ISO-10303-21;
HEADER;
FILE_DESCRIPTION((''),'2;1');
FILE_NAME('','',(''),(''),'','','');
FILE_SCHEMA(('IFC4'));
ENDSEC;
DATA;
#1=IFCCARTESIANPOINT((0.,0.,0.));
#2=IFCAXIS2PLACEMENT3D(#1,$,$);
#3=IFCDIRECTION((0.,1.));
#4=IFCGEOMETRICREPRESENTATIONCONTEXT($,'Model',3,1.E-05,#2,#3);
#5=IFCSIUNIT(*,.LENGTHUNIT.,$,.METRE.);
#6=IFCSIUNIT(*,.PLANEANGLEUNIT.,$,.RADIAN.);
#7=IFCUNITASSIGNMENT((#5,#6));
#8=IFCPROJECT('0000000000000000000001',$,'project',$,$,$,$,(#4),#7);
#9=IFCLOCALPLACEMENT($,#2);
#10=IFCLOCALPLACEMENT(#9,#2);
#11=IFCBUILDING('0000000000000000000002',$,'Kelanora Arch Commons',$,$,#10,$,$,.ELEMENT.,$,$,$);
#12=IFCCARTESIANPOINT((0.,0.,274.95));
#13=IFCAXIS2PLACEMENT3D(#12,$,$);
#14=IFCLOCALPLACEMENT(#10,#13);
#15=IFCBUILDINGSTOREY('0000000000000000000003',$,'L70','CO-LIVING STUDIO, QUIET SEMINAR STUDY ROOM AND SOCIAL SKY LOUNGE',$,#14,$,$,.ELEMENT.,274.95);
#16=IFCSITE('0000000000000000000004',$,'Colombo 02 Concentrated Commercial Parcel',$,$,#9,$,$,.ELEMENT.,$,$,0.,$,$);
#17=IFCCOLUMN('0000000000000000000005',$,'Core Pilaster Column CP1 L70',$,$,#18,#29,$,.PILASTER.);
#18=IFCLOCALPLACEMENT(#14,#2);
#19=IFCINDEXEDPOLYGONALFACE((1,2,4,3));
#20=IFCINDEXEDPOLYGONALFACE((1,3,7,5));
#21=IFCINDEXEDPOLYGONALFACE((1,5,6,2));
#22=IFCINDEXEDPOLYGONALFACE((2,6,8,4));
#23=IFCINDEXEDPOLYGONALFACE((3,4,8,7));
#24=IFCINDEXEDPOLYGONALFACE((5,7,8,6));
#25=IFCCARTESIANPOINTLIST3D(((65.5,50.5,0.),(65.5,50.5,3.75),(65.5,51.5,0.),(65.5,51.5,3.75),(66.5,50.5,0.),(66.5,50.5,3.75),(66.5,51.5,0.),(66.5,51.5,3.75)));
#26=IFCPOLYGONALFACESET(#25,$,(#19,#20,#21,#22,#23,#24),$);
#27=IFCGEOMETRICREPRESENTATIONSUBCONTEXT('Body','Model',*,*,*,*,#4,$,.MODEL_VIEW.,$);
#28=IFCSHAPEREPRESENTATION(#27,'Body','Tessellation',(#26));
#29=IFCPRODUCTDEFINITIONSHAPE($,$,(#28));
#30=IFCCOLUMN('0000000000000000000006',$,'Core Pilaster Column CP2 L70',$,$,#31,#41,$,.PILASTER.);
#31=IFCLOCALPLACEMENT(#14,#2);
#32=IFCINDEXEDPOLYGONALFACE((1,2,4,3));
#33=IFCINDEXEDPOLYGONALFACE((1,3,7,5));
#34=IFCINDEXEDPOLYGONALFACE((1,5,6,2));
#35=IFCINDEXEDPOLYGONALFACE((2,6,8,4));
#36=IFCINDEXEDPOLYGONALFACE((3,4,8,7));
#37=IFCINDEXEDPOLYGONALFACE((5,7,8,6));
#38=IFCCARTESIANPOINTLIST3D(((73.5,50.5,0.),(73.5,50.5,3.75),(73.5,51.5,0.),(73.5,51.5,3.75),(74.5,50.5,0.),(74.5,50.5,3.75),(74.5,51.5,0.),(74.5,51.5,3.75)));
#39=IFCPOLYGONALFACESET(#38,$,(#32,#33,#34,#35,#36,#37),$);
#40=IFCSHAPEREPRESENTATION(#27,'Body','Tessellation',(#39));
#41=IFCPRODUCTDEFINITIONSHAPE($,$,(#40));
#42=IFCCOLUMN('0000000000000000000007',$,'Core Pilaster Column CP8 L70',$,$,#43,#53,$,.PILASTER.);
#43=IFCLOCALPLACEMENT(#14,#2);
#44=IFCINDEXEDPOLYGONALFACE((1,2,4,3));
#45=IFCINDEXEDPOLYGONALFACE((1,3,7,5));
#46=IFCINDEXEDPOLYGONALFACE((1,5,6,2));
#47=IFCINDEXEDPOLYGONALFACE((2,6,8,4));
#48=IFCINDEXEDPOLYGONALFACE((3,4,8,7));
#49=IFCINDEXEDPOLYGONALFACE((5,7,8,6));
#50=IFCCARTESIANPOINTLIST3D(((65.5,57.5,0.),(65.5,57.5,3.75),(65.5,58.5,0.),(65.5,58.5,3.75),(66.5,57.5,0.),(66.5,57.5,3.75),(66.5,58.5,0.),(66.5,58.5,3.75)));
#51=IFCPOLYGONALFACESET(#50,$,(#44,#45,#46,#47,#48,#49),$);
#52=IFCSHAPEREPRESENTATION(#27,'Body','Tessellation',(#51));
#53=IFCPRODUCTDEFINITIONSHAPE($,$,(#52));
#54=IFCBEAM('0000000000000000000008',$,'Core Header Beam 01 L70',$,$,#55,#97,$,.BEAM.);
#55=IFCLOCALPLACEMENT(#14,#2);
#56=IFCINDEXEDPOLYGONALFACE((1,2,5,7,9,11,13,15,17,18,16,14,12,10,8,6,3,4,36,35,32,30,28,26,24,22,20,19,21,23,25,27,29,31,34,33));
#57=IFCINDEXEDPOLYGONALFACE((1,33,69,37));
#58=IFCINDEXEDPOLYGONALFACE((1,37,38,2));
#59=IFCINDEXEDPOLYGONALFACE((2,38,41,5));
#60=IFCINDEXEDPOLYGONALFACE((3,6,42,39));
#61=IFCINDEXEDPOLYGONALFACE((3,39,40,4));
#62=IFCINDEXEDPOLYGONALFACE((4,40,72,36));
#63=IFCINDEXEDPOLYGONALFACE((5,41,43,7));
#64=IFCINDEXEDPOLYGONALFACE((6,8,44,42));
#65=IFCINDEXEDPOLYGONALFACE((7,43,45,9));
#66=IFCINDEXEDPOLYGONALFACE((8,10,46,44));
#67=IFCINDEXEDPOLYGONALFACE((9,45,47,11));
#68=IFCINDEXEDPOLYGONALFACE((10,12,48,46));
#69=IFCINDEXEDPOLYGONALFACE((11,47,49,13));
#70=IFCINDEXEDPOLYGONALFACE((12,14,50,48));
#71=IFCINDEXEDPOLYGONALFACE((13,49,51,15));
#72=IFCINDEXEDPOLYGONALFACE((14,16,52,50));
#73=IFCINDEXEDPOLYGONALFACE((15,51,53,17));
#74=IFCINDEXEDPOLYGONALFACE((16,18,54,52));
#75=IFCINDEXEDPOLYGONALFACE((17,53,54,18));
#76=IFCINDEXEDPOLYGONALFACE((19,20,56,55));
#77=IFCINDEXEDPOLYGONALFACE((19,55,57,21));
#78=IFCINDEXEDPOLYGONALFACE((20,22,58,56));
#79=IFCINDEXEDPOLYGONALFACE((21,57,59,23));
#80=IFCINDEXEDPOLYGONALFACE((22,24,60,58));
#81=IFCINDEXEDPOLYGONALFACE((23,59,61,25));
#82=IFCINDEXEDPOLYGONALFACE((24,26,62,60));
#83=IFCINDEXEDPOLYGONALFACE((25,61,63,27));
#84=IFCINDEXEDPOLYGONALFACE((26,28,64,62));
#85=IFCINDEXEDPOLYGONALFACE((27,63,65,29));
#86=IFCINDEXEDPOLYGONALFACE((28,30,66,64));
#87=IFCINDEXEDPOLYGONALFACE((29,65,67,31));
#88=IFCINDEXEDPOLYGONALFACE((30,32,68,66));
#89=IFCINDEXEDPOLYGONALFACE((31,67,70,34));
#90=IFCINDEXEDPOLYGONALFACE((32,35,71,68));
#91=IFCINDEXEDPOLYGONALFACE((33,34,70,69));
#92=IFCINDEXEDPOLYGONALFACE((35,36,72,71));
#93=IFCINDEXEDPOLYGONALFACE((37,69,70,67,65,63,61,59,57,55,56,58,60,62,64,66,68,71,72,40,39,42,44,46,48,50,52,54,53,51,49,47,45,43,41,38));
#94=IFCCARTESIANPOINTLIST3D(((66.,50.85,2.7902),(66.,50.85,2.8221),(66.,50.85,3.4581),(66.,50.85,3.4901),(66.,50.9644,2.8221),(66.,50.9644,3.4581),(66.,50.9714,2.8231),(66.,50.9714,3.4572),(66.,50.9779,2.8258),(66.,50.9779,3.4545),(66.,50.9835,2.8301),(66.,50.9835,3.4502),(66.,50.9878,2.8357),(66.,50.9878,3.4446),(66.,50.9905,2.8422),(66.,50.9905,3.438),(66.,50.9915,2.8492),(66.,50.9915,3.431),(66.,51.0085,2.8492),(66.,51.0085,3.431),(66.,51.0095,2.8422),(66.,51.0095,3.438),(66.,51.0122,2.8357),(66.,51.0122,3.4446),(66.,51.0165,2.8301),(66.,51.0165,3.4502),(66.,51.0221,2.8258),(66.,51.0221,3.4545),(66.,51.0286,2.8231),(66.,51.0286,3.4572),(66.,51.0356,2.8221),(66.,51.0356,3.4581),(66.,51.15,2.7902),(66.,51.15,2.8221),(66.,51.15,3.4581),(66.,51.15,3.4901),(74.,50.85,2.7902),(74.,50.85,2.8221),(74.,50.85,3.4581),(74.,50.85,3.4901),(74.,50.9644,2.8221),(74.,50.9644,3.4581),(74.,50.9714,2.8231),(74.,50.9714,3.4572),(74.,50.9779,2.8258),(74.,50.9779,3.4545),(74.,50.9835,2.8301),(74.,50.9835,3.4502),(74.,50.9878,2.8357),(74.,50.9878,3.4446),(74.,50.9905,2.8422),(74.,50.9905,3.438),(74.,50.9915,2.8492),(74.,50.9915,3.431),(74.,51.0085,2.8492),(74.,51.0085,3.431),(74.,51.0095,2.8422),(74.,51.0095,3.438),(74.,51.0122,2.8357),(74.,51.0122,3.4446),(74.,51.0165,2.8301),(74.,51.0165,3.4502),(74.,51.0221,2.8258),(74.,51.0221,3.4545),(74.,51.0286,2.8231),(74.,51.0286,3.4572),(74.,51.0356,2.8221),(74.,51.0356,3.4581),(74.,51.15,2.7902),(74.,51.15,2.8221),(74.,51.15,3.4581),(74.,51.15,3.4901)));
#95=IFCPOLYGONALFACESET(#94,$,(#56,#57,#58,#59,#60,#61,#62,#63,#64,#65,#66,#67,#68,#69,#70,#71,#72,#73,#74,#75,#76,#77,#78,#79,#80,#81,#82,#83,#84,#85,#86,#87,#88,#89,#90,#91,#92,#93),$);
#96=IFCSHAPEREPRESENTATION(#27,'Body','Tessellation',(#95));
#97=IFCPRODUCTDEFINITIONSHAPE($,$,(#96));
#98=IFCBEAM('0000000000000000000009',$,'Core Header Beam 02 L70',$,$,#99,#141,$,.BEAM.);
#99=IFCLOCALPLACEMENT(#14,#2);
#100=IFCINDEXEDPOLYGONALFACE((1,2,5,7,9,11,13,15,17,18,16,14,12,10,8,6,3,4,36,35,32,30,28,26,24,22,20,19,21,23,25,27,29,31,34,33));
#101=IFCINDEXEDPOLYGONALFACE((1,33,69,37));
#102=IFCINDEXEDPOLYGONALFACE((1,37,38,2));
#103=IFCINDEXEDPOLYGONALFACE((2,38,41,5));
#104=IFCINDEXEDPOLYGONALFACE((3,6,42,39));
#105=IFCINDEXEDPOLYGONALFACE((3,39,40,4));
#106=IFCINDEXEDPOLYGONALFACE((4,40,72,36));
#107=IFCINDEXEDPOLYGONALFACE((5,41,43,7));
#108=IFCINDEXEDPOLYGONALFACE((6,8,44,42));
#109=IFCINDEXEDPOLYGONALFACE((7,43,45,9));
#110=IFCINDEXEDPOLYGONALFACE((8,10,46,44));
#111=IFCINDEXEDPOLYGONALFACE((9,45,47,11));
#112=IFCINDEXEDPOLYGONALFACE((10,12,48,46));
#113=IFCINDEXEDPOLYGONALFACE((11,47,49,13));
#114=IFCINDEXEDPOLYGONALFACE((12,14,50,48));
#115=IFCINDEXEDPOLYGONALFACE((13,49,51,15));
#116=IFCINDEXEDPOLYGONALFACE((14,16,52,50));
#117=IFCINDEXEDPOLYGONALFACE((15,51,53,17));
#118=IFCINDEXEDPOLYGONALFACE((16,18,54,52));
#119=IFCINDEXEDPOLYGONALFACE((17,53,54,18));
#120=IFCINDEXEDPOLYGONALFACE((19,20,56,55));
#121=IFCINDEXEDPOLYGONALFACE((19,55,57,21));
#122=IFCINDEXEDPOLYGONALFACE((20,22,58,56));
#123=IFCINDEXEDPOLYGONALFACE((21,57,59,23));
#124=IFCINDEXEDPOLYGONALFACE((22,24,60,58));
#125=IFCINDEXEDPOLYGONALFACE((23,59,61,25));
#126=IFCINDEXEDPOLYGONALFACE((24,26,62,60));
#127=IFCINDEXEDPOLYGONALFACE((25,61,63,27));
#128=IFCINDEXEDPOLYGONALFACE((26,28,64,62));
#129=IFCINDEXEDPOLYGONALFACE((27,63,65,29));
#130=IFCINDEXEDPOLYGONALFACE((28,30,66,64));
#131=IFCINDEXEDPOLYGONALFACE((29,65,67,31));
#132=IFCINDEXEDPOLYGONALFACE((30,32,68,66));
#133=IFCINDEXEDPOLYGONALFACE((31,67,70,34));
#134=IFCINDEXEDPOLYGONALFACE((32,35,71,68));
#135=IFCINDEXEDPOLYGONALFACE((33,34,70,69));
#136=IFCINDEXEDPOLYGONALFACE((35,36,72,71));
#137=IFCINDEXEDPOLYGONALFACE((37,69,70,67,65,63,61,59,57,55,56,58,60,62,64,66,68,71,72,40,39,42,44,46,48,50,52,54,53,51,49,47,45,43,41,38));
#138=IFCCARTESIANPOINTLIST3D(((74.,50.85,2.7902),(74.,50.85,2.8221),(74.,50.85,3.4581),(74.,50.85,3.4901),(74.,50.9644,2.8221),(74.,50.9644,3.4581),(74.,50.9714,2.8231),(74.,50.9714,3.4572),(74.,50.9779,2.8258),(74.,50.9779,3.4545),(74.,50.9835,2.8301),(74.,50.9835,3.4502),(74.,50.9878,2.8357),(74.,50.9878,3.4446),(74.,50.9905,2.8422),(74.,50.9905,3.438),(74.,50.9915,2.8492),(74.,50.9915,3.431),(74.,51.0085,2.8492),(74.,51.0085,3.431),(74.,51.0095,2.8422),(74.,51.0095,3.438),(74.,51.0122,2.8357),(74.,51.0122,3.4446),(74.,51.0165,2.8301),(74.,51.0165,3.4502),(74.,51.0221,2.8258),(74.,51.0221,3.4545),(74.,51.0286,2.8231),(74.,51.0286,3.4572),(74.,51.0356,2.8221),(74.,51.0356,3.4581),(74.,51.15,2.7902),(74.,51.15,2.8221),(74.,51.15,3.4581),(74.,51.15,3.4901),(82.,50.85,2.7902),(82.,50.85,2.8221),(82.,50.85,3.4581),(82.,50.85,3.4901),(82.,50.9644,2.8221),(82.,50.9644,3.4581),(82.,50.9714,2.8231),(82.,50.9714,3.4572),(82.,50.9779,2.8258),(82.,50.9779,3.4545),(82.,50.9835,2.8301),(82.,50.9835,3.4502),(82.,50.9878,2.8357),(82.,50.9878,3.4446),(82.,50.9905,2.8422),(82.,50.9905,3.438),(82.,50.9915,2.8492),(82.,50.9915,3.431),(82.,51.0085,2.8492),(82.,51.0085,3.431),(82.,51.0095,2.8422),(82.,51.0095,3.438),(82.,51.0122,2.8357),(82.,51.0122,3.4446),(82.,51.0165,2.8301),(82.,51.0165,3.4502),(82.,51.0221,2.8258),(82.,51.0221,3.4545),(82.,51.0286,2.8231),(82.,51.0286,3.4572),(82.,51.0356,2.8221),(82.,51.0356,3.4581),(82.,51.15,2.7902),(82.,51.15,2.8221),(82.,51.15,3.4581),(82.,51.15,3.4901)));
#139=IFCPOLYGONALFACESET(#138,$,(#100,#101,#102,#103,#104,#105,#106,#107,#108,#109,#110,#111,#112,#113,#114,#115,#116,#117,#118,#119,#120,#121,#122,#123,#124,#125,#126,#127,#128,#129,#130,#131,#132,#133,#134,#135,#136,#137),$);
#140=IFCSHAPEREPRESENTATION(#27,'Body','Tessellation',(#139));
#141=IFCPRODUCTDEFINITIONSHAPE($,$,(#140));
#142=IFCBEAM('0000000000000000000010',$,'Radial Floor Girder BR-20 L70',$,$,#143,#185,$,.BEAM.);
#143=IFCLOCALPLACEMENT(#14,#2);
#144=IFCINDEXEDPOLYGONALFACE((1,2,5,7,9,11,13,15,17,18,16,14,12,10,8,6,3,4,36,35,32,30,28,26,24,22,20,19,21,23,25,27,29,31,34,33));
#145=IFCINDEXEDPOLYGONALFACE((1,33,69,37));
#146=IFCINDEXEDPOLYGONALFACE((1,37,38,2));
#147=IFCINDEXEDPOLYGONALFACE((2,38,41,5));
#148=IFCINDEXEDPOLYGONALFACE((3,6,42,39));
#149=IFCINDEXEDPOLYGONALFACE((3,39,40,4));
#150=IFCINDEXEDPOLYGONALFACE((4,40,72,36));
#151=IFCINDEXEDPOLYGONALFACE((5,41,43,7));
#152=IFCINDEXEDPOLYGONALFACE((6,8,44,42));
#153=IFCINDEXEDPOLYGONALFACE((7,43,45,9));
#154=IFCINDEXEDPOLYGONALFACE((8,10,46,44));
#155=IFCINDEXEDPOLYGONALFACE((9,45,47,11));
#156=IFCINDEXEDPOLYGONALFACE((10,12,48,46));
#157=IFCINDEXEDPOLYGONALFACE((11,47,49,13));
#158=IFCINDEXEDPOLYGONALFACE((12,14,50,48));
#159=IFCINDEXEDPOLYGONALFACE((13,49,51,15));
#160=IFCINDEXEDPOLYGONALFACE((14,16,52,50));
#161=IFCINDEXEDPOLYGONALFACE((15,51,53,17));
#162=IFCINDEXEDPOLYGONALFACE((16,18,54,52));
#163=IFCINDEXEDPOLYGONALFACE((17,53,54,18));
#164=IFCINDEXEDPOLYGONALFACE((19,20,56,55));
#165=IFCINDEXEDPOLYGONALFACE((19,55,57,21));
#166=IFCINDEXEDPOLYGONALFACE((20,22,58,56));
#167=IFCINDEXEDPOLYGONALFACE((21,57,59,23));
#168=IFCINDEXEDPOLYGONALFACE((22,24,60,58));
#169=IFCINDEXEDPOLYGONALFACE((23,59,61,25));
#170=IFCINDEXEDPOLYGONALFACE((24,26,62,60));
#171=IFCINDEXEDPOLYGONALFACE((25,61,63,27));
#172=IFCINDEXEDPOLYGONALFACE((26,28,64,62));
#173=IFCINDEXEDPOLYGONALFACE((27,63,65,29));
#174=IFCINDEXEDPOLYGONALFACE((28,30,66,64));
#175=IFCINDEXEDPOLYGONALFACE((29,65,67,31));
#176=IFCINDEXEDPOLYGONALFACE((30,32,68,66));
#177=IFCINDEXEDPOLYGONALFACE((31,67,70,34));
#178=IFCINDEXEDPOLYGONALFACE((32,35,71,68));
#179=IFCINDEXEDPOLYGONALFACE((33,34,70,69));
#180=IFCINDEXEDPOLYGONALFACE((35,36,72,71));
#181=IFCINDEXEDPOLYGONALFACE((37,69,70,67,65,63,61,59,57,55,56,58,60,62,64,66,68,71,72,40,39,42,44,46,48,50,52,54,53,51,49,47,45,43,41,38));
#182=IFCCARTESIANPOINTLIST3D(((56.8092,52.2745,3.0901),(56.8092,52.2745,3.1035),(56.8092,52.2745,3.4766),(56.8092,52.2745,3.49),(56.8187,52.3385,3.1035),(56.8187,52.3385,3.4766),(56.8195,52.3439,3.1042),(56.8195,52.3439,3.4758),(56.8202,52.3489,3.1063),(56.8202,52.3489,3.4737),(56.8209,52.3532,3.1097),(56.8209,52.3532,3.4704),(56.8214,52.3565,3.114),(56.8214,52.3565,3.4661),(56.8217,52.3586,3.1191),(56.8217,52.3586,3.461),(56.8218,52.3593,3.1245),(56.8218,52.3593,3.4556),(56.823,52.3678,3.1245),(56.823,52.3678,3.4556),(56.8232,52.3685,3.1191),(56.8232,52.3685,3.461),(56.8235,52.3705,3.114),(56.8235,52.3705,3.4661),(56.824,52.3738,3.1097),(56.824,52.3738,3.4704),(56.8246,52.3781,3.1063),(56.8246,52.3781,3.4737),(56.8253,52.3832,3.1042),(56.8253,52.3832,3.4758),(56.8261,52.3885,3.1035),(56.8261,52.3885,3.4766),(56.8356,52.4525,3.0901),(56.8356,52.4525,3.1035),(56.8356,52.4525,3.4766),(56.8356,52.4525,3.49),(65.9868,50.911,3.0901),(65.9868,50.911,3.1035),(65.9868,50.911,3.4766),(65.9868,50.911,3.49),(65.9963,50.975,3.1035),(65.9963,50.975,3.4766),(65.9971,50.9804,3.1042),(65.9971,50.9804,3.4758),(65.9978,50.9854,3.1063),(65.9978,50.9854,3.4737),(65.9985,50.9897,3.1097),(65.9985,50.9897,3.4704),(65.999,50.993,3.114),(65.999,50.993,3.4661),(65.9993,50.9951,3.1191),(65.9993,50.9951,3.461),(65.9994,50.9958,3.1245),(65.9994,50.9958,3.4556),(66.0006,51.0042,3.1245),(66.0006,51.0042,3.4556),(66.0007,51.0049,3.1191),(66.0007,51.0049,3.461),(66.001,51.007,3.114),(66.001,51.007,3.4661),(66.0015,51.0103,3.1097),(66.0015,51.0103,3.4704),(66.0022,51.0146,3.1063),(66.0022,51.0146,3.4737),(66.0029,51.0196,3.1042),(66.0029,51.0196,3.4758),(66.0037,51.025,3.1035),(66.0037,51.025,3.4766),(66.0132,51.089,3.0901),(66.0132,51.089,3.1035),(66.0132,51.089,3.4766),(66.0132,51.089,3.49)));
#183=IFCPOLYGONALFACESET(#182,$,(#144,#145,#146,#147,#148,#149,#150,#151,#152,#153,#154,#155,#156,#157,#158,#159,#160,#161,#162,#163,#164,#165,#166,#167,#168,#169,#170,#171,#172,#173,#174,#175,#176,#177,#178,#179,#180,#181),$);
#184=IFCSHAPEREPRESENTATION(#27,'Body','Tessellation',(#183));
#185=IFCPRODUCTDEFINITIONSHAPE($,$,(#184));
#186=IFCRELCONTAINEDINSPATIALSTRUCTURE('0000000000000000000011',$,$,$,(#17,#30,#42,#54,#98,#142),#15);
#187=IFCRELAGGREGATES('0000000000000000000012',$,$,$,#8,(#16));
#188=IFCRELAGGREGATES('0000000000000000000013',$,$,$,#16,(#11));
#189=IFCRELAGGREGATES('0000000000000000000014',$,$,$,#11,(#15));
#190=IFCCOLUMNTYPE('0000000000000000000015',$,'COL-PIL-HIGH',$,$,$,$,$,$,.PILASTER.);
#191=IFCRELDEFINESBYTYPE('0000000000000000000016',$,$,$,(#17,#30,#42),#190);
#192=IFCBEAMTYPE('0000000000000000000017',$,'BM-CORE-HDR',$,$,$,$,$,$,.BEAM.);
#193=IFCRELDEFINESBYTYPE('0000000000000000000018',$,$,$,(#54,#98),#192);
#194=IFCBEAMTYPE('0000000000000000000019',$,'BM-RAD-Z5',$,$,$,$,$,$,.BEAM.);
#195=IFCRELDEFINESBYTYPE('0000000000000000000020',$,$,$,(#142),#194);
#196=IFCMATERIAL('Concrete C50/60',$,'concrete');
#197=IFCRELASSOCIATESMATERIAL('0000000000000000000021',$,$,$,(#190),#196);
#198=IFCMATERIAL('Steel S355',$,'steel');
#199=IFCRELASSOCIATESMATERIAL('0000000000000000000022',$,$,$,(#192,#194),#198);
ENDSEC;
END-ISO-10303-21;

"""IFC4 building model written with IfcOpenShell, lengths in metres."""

from ifc_helpers import new_model, si_unit, direction, frame, origin, origin_2d, place, context, subcontext, project, spatial, rectangle, i_section, extrude, material, material_profile, profile_set, type_object, element, save


model = new_model("IFC4")

# Units and contexts
model_context = context("Model", 3, precision=1e-05, world=origin(), true_north=direction((0.0, 1.0)))
body_context = subcontext(model_context, "Body", "Model", "MODEL_VIEW")
ifc_project = project(units=[si_unit("LENGTHUNIT", "METRE"), si_unit("PLANEANGLEUNIT", "RADIAN")], contexts=[model_context])

# Site, building, storey
site_placement = place(None, origin())
site = spatial("IfcSite", under=ifc_project, at=site_placement, Name="Colombo 02 Concentrated Commercial Parcel", CompositionType="ELEMENT", RefElevation=0.0)
building_placement = place(site_placement, origin())
building = spatial("IfcBuilding", under=site, at=building_placement, Name="Kelanora Arch Commons", CompositionType="ELEMENT")
storey_placement = place(building_placement, frame((0.0, 0.0, 274.95)))
storey = spatial("IfcBuildingStorey", under=building, at=storey_placement, Name="L70", Description="CO-LIVING STUDIO, QUIET SEMINAR STUDY ROOM AND SOCIAL SKY LOUNGE", CompositionType="ELEMENT", Elevation=274.95)

# Columns
ifc_material_1 = material(Name="Concrete C50/60", Category="concrete")
ifc_material_profile_1 = material_profile(ifc_material_1, rectangle(XDim=1.0, YDim=1.0, at=origin_2d()), Name="RC1000x1000")
ifc_profile_set_1 = profile_set([ifc_material_profile_1], Name="Concrete C50/60")
column_type = type_object("IfcColumnType", Name="COL-PIL-HIGH", PredefinedType="PILASTER", material=ifc_profile_set_1)
for number, where, z_axis, x_axis, name in (
    (1, (66.0, 51.0, 0.0), (0.0, 0.0, 1.0), (1.0, 0.0, 0.0), "Core Pilaster Column CP1 L70"),
    (2, (74.0, 51.0, 0.0), (0.0, 0.0, 1.0), (1.0, 0.0, 0.0), "Core Pilaster Column CP2 L70"),
    (3, (66.0, 58.0, 0.0), (0.0, 0.0, 1.0), (1.0, 0.0, 0.0), "Core Pilaster Column CP8 L70"),
):
    element("IfcColumn", number, at=place(storey_placement, frame(where, z_axis=z_axis, x_axis=x_axis)), inside=storey, type_object=column_type, Name=name, PredefinedType="PILASTER", context=body_context, shape_type="SweptSolid", body=[
        extrude(rectangle(XDim=1.0, YDim=1.0, at=origin_2d()), origin(), (0.0, 0.0, 1.0), 3.75),
    ])

# Beams
ifc_material_2 = material(Name="Steel S355", Category="steel")
ifc_material_profile_2 = material_profile(ifc_material_2, i_section(OverallWidth=0.3, OverallDepth=0.7, WebThickness=0.0171, FlangeThickness=0.032, FilletRadius=0.0271, at=origin_2d()), Name="HEB700")
ifc_profile_set_2 = profile_set([ifc_material_profile_2], Name="Steel S355")
beam_type_1 = type_object("IfcBeamType", Name="BM-CORE-HDR", PredefinedType="BEAM", material=ifc_profile_set_2)
for number, where, z_axis, x_axis, name in (
    (4, (66.0, 51.0, 3.1401), (1.0, 0.0, 0.0), (0.0, 1.0, 0.0), "Core Header Beam 01 L70"),
    (5, (74.0, 51.0, 3.1401), (1.0, 0.0, 0.0), (0.0, 1.0, 0.0), "Core Header Beam 02 L70"),
):
    element("IfcBeam", number, at=place(storey_placement, frame(where, z_axis=z_axis, x_axis=x_axis)), inside=storey, type_object=beam_type_1, Name=name, PredefinedType="BEAM", context=body_context, shape_type="SweptSolid", body=[
        extrude(i_section(OverallWidth=0.3, OverallDepth=0.7, WebThickness=0.0171, FlangeThickness=0.032, FilletRadius=0.0271, at=origin_2d()), origin(), (0.0, 0.0, 1.0), 8.0),
    ])
ifc_material_profile_3 = material_profile(ifc_material_2, i_section(OverallWidth=0.1799, OverallDepth=0.3999, WebThickness=0.0085, FlangeThickness=0.0134, FilletRadius=0.021, at=origin_2d()), Name="IPE400")
ifc_profile_set_3 = profile_set([ifc_material_profile_3], Name="Steel S355")
beam_type_2 = type_object("IfcBeamType", Name="BM-RAD-Z5", PredefinedType="BEAM", material=ifc_profile_set_3)
beam_1_placement = place(storey_placement, frame((66.0, 51.0, 3.29), z_axis=(-0.989142, 0.14696, 0.0), x_axis=(-0.14696, -0.989142, 0.0)))
element("IfcBeam", 6, at=beam_1_placement, inside=storey, type_object=beam_type_2, Name="Radial Floor Girder BR-20 L70", PredefinedType="BEAM", context=body_context, shape_type="SweptSolid", body=[
    extrude(i_section(OverallWidth=0.1799, OverallDepth=0.3999, WebThickness=0.0085, FlangeThickness=0.0134, FilletRadius=0.021, at=origin_2d()), origin(), (0.0, 0.0, 1.0), 9.2783),
])

save(model, "model.ifc")
